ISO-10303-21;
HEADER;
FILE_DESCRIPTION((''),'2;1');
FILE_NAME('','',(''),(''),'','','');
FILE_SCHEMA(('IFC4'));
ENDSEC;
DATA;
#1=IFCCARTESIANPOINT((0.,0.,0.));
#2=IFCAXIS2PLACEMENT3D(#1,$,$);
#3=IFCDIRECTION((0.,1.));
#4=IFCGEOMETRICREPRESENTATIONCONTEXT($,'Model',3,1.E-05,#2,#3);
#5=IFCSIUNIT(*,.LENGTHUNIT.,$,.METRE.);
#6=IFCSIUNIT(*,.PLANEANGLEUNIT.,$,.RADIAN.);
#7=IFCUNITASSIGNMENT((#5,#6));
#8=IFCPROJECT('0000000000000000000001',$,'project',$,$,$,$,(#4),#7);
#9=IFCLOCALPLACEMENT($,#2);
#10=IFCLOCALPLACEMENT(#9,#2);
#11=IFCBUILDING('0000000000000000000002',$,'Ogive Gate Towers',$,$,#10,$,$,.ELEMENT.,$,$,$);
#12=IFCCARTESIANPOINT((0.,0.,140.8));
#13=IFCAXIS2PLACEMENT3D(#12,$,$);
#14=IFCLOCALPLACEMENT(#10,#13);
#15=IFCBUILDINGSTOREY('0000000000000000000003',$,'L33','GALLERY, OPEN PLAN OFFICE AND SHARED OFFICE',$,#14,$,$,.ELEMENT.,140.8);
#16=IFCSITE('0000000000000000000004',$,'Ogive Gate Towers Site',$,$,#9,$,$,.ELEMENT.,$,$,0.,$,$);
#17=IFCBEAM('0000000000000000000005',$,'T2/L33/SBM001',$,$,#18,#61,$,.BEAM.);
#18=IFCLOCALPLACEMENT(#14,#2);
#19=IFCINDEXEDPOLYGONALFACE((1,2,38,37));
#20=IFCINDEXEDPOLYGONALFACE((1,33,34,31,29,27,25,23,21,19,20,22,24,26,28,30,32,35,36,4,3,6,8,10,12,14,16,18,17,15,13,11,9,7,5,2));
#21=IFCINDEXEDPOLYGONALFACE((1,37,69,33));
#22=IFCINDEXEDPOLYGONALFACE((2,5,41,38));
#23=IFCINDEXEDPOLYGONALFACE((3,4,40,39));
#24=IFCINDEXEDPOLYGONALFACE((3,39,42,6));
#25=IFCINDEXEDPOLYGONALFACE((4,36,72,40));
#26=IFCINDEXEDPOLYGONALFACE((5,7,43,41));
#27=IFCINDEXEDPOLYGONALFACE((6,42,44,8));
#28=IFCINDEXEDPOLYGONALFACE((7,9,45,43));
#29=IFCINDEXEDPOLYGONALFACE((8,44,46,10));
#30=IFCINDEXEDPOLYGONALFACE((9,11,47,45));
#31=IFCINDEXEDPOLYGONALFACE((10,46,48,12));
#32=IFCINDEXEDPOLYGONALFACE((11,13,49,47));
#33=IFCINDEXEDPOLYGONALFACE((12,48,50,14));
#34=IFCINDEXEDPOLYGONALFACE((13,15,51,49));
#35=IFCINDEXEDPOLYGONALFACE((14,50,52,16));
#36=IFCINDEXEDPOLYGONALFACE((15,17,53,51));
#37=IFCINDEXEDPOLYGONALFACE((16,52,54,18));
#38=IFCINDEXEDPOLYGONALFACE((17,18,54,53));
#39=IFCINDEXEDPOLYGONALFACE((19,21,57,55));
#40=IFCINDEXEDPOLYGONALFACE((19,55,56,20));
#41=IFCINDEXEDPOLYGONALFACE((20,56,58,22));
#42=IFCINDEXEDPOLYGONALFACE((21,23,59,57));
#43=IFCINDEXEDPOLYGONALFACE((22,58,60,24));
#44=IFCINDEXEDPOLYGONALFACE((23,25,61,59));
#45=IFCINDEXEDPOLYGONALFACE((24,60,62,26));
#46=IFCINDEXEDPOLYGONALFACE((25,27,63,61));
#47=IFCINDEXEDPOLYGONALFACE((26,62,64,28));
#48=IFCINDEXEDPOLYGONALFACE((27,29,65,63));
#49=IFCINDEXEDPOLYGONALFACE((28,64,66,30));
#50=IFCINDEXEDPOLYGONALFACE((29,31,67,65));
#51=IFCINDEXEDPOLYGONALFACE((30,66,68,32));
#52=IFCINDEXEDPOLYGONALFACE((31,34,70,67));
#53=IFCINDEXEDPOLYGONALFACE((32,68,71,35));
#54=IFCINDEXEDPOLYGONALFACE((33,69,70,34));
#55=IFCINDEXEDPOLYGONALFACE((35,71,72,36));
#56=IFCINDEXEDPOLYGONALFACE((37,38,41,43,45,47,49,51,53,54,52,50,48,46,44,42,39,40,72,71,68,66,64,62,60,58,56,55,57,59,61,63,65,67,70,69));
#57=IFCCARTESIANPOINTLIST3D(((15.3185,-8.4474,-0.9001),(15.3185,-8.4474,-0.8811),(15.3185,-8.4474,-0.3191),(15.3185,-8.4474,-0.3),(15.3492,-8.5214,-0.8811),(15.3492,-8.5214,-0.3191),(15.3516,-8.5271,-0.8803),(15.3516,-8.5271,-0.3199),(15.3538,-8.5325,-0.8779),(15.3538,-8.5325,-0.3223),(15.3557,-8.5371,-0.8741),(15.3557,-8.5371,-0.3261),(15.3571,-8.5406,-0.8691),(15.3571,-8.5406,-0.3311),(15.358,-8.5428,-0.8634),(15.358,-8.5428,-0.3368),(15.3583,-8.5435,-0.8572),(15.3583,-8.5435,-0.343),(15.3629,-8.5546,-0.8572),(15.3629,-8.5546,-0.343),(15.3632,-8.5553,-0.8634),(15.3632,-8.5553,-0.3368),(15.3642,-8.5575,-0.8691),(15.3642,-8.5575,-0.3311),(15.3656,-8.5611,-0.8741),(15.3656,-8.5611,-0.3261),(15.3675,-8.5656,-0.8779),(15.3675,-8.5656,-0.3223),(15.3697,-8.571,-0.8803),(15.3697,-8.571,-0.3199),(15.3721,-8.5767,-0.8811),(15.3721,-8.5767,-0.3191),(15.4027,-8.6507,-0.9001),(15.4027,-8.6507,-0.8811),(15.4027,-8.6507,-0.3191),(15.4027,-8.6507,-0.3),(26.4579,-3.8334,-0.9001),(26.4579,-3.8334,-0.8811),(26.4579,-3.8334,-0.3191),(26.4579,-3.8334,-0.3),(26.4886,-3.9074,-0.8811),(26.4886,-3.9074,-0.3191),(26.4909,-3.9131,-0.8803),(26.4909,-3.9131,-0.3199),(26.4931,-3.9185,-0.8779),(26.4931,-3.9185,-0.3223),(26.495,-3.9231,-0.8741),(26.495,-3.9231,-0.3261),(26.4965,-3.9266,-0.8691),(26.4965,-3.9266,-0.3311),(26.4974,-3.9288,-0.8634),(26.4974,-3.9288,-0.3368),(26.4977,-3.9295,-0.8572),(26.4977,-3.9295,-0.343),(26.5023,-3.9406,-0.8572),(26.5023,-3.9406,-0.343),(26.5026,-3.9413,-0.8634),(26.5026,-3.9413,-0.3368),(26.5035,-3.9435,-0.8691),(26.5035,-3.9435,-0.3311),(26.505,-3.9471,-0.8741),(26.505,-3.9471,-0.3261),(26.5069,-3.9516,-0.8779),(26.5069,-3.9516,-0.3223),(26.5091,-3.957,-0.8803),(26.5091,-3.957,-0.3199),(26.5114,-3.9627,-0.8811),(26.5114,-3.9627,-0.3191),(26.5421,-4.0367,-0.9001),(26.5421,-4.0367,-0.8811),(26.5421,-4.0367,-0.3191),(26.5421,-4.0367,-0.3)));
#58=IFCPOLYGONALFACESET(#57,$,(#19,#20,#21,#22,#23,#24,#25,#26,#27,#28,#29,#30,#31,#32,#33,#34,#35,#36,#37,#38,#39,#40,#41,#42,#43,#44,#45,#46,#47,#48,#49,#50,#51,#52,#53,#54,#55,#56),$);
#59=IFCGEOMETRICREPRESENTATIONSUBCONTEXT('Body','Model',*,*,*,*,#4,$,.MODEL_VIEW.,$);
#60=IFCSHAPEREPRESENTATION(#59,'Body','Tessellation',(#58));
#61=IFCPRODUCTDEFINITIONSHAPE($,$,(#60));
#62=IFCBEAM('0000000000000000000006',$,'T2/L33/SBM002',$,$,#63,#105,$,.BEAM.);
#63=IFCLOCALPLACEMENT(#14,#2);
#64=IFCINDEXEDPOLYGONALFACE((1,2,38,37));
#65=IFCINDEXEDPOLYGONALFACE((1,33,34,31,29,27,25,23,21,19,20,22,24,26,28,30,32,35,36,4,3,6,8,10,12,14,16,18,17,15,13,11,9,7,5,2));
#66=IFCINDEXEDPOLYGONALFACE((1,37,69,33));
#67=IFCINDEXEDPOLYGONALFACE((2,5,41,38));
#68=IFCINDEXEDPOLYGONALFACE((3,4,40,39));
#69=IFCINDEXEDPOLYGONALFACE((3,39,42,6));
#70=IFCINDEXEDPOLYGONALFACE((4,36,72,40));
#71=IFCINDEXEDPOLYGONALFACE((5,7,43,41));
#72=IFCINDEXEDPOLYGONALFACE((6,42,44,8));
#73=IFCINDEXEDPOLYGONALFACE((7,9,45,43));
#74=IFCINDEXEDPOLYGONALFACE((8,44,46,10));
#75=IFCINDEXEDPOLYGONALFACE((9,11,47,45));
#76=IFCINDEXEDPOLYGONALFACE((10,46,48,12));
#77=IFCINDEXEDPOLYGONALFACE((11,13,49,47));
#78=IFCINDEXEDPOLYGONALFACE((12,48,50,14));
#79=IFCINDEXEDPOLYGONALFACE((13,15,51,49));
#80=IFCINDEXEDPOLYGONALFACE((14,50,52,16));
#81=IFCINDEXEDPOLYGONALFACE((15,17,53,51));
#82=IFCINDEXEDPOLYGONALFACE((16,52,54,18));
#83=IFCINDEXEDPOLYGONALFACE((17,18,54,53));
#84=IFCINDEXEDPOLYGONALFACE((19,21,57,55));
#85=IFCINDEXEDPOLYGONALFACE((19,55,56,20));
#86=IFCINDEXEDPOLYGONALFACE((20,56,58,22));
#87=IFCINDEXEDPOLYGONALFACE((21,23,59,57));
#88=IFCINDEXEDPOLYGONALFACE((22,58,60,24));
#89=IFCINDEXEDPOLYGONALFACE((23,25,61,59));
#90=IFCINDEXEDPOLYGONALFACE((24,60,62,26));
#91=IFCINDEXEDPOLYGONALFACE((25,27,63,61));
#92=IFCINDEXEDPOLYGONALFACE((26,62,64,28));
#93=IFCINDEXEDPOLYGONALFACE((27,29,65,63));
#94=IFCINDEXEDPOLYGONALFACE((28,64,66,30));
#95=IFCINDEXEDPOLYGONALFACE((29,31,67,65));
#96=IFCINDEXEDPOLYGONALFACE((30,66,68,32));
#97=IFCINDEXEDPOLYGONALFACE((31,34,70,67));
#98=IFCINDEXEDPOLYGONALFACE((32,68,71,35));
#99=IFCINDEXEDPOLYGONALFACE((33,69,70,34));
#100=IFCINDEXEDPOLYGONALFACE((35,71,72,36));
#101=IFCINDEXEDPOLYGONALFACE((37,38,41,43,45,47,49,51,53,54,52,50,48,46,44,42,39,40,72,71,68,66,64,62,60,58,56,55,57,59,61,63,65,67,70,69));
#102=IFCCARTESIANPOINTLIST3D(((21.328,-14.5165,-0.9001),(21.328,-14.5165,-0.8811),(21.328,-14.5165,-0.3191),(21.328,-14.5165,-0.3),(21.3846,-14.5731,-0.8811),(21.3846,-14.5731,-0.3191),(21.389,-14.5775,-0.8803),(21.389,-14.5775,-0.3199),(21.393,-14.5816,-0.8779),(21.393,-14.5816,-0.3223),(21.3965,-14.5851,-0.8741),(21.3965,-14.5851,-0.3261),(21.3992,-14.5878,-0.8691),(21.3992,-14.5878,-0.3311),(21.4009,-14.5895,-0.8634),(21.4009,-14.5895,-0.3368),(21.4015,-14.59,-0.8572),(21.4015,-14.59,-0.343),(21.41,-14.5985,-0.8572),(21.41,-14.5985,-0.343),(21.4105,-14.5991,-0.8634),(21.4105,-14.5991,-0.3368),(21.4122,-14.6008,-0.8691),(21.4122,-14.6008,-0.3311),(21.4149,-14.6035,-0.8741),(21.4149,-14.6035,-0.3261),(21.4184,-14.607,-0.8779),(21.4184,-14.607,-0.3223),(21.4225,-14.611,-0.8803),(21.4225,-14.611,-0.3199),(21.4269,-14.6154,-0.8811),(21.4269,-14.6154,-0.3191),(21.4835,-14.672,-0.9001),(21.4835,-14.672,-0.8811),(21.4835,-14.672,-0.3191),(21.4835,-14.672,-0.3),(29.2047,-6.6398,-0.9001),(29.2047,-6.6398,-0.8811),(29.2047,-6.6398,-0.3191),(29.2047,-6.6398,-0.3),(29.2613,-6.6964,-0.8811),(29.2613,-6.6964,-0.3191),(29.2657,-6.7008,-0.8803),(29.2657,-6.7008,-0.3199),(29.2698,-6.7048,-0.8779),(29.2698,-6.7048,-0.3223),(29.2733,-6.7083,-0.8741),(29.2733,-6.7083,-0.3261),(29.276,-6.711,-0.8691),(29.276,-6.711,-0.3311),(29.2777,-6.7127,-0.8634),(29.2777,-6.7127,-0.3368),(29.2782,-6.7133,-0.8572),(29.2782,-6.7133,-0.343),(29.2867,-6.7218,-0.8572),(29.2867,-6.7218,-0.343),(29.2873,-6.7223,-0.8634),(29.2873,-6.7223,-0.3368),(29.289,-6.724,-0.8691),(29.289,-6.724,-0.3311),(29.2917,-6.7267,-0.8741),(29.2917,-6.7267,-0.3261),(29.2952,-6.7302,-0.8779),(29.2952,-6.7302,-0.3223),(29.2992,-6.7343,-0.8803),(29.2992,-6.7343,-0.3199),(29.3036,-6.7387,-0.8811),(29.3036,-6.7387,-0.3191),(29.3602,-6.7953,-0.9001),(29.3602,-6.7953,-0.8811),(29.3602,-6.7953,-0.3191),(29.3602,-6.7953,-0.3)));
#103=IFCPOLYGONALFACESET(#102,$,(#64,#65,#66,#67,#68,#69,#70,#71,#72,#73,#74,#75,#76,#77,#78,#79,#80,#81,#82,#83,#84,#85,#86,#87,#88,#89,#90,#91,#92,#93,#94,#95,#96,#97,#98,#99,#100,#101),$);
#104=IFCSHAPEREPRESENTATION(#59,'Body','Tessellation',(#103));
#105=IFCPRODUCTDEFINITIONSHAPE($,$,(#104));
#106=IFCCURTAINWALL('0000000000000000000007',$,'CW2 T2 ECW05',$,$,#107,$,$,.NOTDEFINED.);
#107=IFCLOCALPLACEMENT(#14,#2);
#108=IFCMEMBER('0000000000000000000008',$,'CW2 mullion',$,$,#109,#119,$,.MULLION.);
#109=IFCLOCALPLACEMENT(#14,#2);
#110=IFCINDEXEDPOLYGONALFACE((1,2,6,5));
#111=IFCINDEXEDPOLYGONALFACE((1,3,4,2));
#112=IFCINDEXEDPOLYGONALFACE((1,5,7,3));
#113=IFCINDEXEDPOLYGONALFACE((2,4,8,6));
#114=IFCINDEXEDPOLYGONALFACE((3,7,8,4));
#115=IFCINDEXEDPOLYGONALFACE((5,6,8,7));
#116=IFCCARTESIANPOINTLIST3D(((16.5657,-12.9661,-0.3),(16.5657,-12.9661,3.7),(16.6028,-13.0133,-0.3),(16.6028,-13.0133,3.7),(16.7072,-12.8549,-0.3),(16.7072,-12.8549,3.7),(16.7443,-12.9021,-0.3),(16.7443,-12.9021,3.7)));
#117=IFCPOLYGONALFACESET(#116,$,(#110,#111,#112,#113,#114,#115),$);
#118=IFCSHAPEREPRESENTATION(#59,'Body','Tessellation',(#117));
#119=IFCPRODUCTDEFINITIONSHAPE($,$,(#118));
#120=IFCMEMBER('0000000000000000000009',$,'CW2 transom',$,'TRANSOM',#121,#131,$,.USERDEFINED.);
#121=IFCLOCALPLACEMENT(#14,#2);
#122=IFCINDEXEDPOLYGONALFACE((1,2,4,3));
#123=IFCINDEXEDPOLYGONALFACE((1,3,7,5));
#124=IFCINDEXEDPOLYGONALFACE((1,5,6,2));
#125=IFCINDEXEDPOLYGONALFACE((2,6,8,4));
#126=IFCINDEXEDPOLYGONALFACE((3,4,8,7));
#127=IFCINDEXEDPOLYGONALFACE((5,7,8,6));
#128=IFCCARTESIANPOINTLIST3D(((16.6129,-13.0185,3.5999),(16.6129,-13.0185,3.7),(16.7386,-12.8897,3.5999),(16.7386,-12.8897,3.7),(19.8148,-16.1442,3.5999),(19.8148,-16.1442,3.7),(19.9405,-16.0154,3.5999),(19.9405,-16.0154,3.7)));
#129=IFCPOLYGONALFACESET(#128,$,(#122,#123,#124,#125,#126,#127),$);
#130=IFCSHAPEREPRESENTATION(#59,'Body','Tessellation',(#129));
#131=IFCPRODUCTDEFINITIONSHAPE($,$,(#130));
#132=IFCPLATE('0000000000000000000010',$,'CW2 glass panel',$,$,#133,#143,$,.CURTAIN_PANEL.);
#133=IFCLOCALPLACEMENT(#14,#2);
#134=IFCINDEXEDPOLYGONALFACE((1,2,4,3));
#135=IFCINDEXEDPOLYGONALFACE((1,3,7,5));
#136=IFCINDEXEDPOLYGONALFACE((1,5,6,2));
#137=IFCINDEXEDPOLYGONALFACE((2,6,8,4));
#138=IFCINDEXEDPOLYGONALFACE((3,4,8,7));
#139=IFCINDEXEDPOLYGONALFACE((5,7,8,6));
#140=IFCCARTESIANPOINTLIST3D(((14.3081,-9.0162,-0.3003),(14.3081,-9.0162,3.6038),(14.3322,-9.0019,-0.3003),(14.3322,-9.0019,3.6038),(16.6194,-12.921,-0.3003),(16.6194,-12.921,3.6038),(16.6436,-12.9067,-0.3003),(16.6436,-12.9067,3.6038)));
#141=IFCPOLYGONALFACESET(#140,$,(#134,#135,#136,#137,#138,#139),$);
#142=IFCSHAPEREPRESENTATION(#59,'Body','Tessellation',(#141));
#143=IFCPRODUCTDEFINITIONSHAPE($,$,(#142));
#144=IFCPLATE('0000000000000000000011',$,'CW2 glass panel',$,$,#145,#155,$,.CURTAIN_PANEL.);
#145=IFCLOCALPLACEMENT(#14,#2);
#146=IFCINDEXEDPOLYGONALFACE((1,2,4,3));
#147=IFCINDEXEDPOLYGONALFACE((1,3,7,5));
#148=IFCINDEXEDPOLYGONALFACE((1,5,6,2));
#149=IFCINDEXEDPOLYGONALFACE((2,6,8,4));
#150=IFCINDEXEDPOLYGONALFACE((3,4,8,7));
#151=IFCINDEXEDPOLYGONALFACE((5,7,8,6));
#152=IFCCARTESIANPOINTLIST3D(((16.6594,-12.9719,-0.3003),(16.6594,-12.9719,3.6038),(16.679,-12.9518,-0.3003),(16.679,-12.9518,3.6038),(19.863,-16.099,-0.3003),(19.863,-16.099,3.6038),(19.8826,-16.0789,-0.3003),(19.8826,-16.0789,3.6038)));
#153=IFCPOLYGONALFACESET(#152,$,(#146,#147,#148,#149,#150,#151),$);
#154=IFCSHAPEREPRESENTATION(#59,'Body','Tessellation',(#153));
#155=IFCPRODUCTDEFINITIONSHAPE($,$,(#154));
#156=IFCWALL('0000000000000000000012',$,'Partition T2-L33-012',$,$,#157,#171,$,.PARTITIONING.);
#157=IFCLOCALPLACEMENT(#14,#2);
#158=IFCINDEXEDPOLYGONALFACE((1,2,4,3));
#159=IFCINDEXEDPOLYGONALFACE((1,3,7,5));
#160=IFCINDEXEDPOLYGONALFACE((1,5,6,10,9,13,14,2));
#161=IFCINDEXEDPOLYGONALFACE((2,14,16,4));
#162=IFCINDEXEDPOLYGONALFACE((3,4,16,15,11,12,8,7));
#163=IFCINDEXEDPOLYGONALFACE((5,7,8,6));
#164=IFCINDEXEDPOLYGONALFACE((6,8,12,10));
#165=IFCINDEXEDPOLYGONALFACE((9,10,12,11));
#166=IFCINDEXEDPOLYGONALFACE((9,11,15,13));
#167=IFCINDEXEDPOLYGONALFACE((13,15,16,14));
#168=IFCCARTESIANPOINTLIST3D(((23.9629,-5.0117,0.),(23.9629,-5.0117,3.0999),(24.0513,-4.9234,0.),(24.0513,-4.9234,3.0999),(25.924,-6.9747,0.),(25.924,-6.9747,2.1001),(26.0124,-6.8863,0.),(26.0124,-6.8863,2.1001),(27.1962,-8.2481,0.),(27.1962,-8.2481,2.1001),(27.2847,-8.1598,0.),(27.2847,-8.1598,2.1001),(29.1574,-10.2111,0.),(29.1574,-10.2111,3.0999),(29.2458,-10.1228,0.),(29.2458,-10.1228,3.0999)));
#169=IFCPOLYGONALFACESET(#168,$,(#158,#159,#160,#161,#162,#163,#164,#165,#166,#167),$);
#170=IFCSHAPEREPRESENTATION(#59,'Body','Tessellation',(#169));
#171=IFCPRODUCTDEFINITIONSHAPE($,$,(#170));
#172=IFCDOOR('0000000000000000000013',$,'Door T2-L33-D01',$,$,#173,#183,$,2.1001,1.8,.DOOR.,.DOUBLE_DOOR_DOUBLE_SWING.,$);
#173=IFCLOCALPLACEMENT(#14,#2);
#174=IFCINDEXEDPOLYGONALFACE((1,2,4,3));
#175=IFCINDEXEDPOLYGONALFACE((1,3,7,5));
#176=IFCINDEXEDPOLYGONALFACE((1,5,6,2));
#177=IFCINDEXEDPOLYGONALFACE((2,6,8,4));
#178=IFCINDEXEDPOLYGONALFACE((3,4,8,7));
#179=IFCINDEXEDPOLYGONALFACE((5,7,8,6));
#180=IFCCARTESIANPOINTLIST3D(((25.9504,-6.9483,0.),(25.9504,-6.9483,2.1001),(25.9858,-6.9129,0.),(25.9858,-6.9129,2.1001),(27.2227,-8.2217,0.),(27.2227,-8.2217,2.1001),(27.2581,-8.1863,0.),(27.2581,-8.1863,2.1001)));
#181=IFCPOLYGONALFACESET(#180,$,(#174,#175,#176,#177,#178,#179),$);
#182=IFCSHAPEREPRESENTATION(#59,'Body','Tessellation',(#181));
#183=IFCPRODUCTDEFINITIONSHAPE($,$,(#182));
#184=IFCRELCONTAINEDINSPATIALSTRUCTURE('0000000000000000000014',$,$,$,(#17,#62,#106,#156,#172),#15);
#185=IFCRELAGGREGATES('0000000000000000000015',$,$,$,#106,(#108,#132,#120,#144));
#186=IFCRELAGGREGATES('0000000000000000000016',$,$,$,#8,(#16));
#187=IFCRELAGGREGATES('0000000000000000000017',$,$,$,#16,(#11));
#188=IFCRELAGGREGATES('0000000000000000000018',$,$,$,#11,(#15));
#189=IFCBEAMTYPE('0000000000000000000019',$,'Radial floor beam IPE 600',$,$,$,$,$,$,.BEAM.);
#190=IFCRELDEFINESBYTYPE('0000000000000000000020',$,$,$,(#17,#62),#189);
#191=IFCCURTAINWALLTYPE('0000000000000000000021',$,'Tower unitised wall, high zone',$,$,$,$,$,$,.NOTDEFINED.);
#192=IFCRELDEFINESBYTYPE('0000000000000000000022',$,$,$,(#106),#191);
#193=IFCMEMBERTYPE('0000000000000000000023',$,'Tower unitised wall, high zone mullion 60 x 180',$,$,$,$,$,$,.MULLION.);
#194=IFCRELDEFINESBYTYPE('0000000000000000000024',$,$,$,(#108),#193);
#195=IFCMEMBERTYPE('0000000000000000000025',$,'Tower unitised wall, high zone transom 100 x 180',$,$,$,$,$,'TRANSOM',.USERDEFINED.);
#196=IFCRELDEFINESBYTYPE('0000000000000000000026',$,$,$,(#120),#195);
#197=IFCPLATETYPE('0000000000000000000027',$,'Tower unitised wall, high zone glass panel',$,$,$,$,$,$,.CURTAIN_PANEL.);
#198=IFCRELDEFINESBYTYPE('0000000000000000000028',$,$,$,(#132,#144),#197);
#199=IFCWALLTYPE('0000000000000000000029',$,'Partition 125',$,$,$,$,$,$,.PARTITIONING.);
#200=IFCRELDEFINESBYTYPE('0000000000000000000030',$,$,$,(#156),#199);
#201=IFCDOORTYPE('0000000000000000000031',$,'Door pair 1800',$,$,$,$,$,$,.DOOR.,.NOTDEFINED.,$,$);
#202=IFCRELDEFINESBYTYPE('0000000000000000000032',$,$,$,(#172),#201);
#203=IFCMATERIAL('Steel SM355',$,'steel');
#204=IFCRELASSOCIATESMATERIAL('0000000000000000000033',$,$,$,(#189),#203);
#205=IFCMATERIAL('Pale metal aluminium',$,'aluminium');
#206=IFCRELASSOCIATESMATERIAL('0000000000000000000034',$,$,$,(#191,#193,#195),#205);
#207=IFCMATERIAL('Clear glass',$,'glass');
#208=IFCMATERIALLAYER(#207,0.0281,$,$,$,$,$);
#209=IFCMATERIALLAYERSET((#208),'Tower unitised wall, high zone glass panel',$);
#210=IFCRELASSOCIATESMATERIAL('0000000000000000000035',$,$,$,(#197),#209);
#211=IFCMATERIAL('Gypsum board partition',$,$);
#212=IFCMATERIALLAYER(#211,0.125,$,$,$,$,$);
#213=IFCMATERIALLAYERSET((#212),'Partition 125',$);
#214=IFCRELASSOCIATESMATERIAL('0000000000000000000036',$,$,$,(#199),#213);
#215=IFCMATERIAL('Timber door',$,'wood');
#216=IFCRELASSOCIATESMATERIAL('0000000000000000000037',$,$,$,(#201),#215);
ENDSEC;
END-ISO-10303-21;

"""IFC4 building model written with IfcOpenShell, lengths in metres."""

from ifc_helpers import new_model, si_unit, direction, frame, frame_2d, origin, origin_2d, place, context, subcontext, project, spatial, rectangle, i_section, extrude, material, layer, layer_set, material_profile, profile_set, type_object, element, fill, aggregate, save


model = new_model("IFC4")

# Units and contexts
model_context = context("Model", 3, precision=1e-05, world=origin(), true_north=direction((0.0, 1.0)))
body_context = subcontext(model_context, "Body", "Model", "MODEL_VIEW")
ifc_project = project(units=[si_unit("LENGTHUNIT", "METRE"), si_unit("PLANEANGLEUNIT", "RADIAN")], contexts=[model_context])

# Site, building, storey
site_placement = place(None, origin())
site = spatial("IfcSite", under=ifc_project, at=site_placement, Name="Ogive Gate Towers Site", CompositionType="ELEMENT", RefElevation=0.0)
building_placement = place(site_placement, origin())
building = spatial("IfcBuilding", under=site, at=building_placement, Name="Ogive Gate Towers", CompositionType="ELEMENT")
storey_placement = place(building_placement, frame((0.0, 0.0, 140.8)))
storey = spatial("IfcBuildingStorey", under=building, at=storey_placement, Name="L33", Description="GALLERY, OPEN PLAN OFFICE AND SHARED OFFICE", CompositionType="ELEMENT", Elevation=140.8)

# Beams
ifc_material_1 = material(Name="Steel SM355", Category="steel")
ifc_material_profile_1 = material_profile(ifc_material_1, i_section(OverallWidth=0.22, OverallDepth=0.6001, WebThickness=0.012, FlangeThickness=0.019, FilletRadius=0.0239, at=origin_2d()), Name="IPE 600")
ifc_profile_set_1 = profile_set([ifc_material_profile_1], Name="Steel SM355")
beam_type = type_object("IfcBeamType", Name="Radial floor beam IPE 600", PredefinedType="BEAM", material=ifc_profile_set_1)
beam_1_placement = place(storey_placement, frame((26.5, -3.9351, -0.6001), z_axis=(-0.923882, -0.382678, 0.0), x_axis=(0.382678, -0.923882, 0.0)))
element("IfcBeam", 1, at=beam_1_placement, inside=storey, type_object=beam_type, Name="T2/L33/SBM001", PredefinedType="BEAM", context=body_context, shape_type="SweptSolid", body=[
    extrude(i_section(OverallWidth=0.22, OverallDepth=0.6001, WebThickness=0.012, FlangeThickness=0.019, FilletRadius=0.0239, at=origin_2d()), origin(), (0.0, 0.0, 1.0), 12.0571),
])
beam_2_placement = place(storey_placement, frame((29.2825, -6.7175, -0.6001), z_axis=(-0.707107, -0.707107, 0.0), x_axis=(0.707107, -0.707107, 0.0)))
element("IfcBeam", 2, at=beam_2_placement, inside=storey, type_object=beam_type, Name="T2/L33/SBM002", PredefinedType="BEAM", context=body_context, shape_type="SweptSolid", body=[
    extrude(i_section(OverallWidth=0.22, OverallDepth=0.6001, WebThickness=0.012, FlangeThickness=0.019, FilletRadius=0.0239, at=origin_2d()), origin(), (0.0, 0.0, 1.0), 11.1394),
])

# Curtain wall, members, plates
ifc_material_2 = material(Name="Pale metal aluminium", Category="aluminium")
curtain_wall_type = type_object("IfcCurtainWallType", Name="Tower unitised wall, high zone", PredefinedType="NOTDEFINED", material=ifc_material_2)
curtain_wall_placement = place(storey_placement, origin())
curtain_wall = element("IfcCurtainWall", 3, at=curtain_wall_placement, inside=storey, type_object=curtain_wall_type, Name="CW2 T2 ECW05", PredefinedType="NOTDEFINED")
ifc_material_profile_2 = material_profile(ifc_material_2, rectangle(XDim=0.1799, YDim=0.0601, at=origin_2d()), Name="60 x 180 aluminium box")
ifc_profile_set_2 = profile_set([ifc_material_profile_2], Name="Pale metal aluminium")
member_type_1 = type_object("IfcMemberType", Name="Tower unitised wall, high zone mullion 60 x 180", PredefinedType="MULLION", material=ifc_profile_set_2)
member_1_placement = place(storey_placement, frame((16.655, -12.9341, -0.3), z_axis=(0.0, 0.0, 1.0), x_axis=(-0.786321, -0.617818, 0.0)))
member_1 = element("IfcMember", 4, at=member_1_placement, type_object=member_type_1, Name="CW2 mullion", PredefinedType="MULLION", context=body_context, shape_type="SweptSolid", body=[
    extrude(rectangle(XDim=0.1799, YDim=0.0601, at=origin_2d()), origin(), (0.0, 0.0, 1.0), 4.0),
])
ifc_material_profile_3 = material_profile(ifc_material_2, rectangle(XDim=0.1799, YDim=0.1001, at=origin_2d()), Name="100 x 180 aluminium box")
ifc_profile_set_3 = profile_set([ifc_material_profile_3], Name="Pale metal aluminium")
member_type_2 = type_object("IfcMemberType", Name="Tower unitised wall, high zone transom 100 x 180", ElementType="TRANSOM", PredefinedType="USERDEFINED", material=ifc_profile_set_3)
member_2_placement = place(storey_placement, frame((16.6758, -12.9541, 3.6499), z_axis=(0.715567, -0.698544, 0.0), x_axis=(0.698544, 0.715567, 0.0)))
member_2 = element("IfcMember", 5, at=member_2_placement, type_object=member_type_2, Name="CW2 transom", ObjectType="TRANSOM", PredefinedType="USERDEFINED", context=body_context, shape_type="SweptSolid", body=[
    extrude(rectangle(XDim=0.1799, YDim=0.1001, at=origin_2d()), origin(), (0.0, 0.0, 1.0), 4.4746),
])
ifc_material_3 = material(Name="Clear glass", Category="glass")
ifc_layer_1 = layer(ifc_material_3, 0.0281)
ifc_layer_set_1 = layer_set([ifc_layer_1], Name="Tower unitised wall, high zone glass panel")
plate_type = type_object("IfcPlateType", Name="Tower unitised wall, high zone glass panel", PredefinedType="CURTAIN_PANEL", material=ifc_layer_set_1)
plate_1_placement = place(storey_placement, frame((15.4758, -10.9614, -0.3003), z_axis=(0.0, 0.0, 1.0), x_axis=(0.509372, -0.860547, 0.0)))
plate_1 = element("IfcPlate", 6, at=plate_1_placement, type_object=plate_type, Name="CW2 glass panel", PredefinedType="CURTAIN_PANEL", context=body_context, shape_type="SweptSolid", body=[
    extrude(rectangle(XDim=4.5376, YDim=0.0281, at=origin_2d()), origin(), (0.0, 0.0, 1.0), 3.9041),
])
plate_2_placement = place(storey_placement, frame((18.271, -14.5254, -0.3003), z_axis=(0.0, 0.0, 1.0), x_axis=(0.715595, -0.698515, 0.0)))
plate_2 = element("IfcPlate", 7, at=plate_2_placement, type_object=plate_type, Name="CW2 glass panel", PredefinedType="CURTAIN_PANEL", context=body_context, shape_type="SweptSolid", body=[
    extrude(rectangle(XDim=4.4768, YDim=0.0281, at=origin_2d()), origin(), (0.0, 0.0, 1.0), 3.9041),
])
aggregate(curtain_wall, [member_1, plate_1, member_2, plate_2])

# Wall, opening, door
ifc_material_4 = material(Name="Gypsum board partition")
ifc_layer_2 = layer(ifc_material_4, 0.125)
ifc_layer_set_2 = layer_set([ifc_layer_2], Name="Partition 125")
wall_type_1 = type_object("IfcWallType", Name="Partition 125", PredefinedType="PARTITIONING", material=ifc_layer_set_2)
wall_1_placement = place(storey_placement, frame((24.0071, -4.9675, 0.0), z_axis=(0.0, 0.0, 1.0), x_axis=(0.706775, -0.707439, 0.0)))
wall_1 = element("IfcWall", 8, at=wall_1_placement, inside=storey, type_object=wall_type_1, Name="Partition T2-L33-012", PredefinedType="PARTITIONING", context=body_context, shape_type="SweptSolid", body=[
    extrude(rectangle(XDim=7.3496, YDim=0.125, at=frame_2d((3.6748, 0.0))), origin(), (0.0, 0.0, 1.0), 3.0999),
])
opening_1_placement = place(wall_1_placement, frame((2.7749, 0.0, 0.0)))
opening_1 = element("IfcOpeningElement", 9, at=opening_1_placement, cuts=wall_1, PredefinedType="OPENING", context=body_context, shape_type="SweptSolid", body=[
    extrude(rectangle(XDim=1.8, YDim=2.1001, at=frame_2d((0.8999, 1.05))), frame((0.0, 0.0725, 0.0), z_axis=(0.0, -1.0, 0.0), x_axis=(1.0, 0.0, 0.0)), (0.0, 0.0, 1.0), 0.145),
])
ifc_material_5 = material(Name="Timber door", Category="wood")
door_type_1 = type_object("IfcDoorType", Name="Door pair 1800", OperationType="NOTDEFINED", PredefinedType="DOOR", material=ifc_material_5)
door_1_placement = place(opening_1_placement, origin())
door_1 = element("IfcDoor", 10, at=door_1_placement, inside=storey, type_object=door_type_1, Name="Door T2-L33-D01", OperationType="DOUBLE_DOOR_DOUBLE_SWING", OverallHeight=2.1001, OverallWidth=1.8, PredefinedType="DOOR", context=body_context, shape_type="SweptSolid", body=[
    extrude(rectangle(XDim=1.8, YDim=2.1001, at=frame_2d((0.8999, 1.05))), frame((0.0, 0.0249, 0.0), z_axis=(0.0, -1.0, 0.0), x_axis=(1.0, 0.0, 0.0)), (0.0, 0.0, 1.0), 0.05),
])
fill(opening_1, door_1)

save(model, "model.ifc")
